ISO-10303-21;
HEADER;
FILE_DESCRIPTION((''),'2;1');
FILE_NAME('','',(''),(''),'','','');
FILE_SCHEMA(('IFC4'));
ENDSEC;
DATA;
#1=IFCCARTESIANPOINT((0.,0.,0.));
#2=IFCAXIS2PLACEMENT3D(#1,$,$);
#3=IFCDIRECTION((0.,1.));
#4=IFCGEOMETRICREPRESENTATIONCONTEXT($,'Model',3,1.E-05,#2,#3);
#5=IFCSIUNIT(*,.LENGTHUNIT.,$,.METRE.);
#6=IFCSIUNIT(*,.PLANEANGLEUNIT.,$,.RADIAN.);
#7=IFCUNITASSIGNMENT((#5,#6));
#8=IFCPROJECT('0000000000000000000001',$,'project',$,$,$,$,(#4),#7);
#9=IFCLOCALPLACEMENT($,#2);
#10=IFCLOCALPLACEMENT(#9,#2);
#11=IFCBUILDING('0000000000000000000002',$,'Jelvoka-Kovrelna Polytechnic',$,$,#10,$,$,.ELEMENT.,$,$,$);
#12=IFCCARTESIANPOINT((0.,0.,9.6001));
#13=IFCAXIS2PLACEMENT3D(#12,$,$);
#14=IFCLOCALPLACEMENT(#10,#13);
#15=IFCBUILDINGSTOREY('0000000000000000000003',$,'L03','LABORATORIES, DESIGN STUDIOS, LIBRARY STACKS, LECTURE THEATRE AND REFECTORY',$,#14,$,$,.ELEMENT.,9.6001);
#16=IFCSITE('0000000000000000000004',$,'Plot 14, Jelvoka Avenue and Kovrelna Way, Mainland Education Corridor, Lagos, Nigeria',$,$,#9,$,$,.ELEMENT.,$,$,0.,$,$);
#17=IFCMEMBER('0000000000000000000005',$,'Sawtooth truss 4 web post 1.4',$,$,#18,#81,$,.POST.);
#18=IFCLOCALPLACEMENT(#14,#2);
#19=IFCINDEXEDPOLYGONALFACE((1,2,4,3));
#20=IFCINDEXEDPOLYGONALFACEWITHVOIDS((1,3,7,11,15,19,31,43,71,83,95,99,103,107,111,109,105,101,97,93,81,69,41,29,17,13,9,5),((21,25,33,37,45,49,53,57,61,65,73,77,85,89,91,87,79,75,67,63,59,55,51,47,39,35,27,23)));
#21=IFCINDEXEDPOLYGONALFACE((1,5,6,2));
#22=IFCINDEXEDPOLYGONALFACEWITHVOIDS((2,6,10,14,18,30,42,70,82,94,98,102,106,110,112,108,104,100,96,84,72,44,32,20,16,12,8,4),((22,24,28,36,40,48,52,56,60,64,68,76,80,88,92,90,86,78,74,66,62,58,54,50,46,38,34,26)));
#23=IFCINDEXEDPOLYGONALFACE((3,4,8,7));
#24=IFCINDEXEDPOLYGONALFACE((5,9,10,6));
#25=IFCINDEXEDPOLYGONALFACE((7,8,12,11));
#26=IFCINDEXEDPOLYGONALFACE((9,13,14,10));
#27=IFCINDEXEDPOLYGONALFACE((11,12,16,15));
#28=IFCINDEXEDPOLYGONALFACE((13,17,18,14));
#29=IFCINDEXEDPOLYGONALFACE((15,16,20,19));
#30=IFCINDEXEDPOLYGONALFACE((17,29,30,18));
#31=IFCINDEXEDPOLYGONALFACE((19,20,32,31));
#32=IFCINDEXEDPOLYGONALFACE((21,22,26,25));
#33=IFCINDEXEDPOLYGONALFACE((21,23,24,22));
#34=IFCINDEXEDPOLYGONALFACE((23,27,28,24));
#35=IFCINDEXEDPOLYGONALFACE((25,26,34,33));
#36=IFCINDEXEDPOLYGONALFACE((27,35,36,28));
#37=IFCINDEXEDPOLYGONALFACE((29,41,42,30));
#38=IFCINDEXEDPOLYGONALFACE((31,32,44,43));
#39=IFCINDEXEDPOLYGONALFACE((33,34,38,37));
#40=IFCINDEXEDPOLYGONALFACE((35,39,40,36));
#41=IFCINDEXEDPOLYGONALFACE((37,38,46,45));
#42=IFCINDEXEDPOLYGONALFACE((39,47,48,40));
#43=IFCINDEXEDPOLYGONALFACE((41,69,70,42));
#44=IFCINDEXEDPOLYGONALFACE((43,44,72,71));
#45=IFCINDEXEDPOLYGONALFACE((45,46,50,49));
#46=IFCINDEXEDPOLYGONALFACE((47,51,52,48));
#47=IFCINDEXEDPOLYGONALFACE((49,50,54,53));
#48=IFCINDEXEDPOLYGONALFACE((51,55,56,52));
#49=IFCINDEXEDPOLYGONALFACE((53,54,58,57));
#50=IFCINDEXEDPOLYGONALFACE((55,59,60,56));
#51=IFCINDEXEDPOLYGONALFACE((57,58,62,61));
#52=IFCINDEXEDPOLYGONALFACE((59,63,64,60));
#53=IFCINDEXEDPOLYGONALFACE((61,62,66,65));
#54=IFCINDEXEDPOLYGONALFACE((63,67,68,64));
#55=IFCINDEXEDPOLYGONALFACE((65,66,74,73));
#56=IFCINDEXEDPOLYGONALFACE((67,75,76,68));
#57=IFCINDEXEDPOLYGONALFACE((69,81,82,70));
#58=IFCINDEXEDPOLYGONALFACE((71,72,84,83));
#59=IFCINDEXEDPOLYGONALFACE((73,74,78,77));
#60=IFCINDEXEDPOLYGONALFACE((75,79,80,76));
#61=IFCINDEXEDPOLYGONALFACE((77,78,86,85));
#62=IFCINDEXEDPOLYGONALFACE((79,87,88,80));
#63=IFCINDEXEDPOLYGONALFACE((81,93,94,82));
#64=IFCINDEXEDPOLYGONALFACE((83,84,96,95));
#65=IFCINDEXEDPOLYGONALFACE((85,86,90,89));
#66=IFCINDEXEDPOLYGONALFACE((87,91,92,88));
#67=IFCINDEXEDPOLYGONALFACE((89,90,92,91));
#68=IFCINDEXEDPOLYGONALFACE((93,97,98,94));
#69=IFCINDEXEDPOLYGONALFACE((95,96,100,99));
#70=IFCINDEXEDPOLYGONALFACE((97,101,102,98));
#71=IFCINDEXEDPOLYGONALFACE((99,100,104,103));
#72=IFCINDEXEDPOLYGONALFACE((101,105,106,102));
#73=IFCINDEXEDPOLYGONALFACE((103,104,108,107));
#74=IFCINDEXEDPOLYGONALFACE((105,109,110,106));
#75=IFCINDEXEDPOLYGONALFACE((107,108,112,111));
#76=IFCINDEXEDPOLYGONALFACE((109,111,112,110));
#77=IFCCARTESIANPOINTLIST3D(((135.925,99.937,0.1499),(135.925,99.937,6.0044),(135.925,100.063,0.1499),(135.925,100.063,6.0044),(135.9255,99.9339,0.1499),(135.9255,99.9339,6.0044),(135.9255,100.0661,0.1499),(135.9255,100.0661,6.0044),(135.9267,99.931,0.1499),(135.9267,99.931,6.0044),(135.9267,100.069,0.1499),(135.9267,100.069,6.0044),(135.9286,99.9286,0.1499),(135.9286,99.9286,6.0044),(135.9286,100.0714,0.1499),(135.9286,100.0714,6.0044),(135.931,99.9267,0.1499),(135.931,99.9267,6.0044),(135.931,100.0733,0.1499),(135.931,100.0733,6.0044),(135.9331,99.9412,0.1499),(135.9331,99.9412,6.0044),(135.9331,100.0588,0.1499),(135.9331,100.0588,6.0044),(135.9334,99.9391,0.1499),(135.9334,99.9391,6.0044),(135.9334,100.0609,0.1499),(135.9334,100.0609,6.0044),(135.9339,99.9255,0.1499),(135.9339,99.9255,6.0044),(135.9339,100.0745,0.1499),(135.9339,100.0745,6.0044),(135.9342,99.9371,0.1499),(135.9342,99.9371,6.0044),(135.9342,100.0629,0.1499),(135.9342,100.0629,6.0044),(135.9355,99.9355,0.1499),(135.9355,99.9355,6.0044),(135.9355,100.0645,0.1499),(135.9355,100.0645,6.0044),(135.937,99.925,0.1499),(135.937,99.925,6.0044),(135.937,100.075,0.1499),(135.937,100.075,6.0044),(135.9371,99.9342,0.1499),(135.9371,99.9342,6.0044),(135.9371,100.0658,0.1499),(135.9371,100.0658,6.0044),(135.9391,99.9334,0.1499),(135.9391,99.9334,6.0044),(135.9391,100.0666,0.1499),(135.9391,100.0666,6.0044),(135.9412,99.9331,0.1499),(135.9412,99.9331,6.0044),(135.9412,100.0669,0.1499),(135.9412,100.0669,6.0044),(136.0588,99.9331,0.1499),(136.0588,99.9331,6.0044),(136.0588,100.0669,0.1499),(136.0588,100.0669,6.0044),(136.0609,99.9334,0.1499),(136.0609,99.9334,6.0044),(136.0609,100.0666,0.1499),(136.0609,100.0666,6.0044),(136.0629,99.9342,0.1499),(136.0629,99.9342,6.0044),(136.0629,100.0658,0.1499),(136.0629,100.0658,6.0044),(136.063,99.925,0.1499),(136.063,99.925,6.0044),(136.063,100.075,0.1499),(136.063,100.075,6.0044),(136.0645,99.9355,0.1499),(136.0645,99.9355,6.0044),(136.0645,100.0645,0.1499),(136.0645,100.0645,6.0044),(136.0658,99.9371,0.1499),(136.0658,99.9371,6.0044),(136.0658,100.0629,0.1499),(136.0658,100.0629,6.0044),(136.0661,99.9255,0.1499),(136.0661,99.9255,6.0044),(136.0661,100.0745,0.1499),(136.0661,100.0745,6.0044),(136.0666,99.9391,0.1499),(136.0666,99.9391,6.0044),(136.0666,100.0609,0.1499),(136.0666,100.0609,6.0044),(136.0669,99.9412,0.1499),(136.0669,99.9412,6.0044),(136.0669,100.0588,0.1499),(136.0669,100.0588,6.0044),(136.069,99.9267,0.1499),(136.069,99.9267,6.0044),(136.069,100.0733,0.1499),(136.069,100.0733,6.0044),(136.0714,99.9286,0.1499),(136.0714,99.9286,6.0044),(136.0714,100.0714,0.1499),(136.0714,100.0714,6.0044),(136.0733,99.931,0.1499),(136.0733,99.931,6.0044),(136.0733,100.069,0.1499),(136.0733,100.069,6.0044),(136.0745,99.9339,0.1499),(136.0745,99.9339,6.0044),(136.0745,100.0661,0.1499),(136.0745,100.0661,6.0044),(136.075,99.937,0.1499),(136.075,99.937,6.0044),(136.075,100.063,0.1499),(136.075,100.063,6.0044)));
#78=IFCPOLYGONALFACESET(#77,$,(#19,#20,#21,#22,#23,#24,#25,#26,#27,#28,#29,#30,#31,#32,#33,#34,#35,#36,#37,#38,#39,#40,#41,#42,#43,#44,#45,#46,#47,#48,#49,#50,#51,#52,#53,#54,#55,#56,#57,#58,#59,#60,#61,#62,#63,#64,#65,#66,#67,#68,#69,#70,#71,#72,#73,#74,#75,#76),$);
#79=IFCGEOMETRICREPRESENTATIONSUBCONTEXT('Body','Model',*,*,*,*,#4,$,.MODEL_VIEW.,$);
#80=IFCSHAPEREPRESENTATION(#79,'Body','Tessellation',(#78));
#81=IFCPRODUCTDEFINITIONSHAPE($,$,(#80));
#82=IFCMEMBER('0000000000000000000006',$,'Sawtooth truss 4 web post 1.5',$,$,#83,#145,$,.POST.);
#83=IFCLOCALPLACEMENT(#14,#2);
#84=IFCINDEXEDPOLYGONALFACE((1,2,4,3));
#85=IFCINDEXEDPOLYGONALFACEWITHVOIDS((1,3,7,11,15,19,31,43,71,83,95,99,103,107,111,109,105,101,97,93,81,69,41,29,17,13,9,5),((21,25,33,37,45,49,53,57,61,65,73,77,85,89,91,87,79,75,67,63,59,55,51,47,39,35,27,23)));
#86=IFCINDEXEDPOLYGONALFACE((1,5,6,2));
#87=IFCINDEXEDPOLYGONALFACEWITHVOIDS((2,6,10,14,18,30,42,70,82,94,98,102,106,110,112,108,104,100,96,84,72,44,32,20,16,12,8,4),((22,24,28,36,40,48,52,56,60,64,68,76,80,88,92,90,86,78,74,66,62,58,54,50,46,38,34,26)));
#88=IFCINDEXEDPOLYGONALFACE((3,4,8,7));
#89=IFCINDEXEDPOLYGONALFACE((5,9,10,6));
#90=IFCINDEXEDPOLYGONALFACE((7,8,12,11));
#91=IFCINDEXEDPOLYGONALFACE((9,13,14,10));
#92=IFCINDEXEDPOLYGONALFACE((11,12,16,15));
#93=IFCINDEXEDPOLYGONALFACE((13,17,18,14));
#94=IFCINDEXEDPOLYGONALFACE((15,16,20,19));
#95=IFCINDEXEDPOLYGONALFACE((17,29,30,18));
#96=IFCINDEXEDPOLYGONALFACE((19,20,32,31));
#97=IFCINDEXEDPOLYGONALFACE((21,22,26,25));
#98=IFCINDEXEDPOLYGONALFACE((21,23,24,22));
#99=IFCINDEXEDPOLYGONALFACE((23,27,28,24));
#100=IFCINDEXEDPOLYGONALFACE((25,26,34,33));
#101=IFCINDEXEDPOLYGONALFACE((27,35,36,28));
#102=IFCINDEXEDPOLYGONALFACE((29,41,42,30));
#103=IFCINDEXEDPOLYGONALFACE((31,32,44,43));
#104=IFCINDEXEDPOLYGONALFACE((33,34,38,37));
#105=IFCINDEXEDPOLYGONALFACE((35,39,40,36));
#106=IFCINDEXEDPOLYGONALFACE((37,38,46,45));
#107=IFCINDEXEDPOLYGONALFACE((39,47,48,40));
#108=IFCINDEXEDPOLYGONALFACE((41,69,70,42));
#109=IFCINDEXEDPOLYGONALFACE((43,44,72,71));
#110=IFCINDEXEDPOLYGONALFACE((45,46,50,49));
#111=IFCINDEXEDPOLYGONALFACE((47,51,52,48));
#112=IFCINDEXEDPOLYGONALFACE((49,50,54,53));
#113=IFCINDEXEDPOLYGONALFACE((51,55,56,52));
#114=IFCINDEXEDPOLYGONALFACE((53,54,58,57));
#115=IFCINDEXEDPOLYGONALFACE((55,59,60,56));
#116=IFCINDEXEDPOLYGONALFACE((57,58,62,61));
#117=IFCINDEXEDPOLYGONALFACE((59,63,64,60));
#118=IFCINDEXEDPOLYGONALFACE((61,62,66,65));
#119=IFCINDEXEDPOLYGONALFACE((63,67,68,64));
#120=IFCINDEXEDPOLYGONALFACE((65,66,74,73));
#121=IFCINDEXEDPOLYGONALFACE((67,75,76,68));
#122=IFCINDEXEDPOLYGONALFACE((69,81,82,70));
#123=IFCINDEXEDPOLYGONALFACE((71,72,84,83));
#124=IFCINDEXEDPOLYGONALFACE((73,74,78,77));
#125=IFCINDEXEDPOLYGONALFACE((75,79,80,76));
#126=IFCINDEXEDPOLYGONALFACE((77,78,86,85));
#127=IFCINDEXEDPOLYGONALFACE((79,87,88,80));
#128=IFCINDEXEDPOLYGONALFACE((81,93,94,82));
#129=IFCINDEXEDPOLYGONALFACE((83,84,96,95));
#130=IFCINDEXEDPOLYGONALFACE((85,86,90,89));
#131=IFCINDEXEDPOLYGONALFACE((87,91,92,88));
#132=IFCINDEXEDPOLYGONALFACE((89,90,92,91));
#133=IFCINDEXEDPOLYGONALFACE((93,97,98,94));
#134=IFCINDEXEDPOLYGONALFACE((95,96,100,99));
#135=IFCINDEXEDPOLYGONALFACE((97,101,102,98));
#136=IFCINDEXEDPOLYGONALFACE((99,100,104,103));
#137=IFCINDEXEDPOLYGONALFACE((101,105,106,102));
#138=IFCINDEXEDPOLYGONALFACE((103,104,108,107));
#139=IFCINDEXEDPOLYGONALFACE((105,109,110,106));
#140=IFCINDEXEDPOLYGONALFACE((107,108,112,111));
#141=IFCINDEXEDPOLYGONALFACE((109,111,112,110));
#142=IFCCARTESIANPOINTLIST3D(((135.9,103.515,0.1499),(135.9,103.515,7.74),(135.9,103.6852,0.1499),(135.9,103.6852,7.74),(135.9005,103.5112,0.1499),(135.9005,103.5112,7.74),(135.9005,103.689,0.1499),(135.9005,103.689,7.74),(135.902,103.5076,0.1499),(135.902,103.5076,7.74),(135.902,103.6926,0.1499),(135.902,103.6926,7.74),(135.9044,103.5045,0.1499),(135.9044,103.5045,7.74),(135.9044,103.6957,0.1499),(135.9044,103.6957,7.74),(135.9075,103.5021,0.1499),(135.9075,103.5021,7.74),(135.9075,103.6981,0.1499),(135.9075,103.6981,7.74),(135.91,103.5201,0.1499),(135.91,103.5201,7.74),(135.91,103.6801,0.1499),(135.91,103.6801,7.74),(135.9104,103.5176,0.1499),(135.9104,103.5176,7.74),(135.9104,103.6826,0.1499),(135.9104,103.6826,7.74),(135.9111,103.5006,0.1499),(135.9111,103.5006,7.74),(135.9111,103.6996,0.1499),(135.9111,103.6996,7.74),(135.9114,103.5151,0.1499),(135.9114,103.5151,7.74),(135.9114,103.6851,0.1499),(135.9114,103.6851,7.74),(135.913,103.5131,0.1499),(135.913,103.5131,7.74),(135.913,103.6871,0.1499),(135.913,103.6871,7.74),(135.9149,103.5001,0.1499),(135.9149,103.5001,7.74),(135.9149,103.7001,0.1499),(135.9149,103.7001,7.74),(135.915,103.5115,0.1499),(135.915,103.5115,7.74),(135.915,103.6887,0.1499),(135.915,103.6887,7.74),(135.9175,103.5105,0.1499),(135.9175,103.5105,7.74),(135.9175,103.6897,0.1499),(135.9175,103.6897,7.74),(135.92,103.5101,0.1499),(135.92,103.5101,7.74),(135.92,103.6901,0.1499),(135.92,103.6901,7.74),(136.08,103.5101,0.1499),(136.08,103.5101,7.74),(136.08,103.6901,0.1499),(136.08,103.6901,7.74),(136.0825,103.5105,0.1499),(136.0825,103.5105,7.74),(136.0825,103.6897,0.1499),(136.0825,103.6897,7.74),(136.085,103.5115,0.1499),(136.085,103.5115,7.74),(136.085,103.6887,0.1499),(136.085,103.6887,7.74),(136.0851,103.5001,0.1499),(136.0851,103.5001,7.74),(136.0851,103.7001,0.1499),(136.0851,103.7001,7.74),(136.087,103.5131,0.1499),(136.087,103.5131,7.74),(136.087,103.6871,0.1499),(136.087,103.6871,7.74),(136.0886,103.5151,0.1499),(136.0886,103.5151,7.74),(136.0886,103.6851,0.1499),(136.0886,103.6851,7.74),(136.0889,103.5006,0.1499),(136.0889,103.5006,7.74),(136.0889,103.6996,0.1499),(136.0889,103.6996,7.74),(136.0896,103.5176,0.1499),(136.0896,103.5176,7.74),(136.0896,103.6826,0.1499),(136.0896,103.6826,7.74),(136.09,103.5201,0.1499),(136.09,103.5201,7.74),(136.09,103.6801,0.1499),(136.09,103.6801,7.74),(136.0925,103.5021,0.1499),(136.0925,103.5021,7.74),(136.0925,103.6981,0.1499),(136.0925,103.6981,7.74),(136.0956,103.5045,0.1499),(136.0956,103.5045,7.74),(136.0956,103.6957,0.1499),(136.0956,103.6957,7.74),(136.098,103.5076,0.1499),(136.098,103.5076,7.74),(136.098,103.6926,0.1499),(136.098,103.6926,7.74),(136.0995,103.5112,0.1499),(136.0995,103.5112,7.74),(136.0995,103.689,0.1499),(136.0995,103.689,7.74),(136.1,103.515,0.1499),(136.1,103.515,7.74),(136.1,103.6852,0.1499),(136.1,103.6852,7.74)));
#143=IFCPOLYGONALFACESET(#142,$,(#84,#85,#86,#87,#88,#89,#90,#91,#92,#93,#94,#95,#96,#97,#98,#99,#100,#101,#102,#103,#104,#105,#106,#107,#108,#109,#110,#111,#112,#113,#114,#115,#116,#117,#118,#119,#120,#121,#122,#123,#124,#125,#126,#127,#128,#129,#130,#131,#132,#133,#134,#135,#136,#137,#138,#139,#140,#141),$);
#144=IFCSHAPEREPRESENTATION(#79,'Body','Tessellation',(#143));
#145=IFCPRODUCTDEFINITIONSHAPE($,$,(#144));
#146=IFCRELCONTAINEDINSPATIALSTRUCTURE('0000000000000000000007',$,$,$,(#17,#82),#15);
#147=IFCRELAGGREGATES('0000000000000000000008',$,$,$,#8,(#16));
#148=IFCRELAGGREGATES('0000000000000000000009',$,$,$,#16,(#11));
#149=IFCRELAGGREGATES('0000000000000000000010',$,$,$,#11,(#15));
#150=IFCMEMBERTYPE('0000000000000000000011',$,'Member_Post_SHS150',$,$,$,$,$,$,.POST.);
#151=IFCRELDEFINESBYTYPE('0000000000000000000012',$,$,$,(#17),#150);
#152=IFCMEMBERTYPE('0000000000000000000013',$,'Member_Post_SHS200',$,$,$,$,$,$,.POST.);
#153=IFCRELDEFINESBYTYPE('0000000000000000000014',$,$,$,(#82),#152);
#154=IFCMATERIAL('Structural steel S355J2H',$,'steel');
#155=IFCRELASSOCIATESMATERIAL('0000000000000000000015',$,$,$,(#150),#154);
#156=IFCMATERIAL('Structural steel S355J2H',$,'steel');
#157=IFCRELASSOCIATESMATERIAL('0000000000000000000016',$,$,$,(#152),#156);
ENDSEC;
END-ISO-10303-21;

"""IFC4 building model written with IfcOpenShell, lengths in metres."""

from ifc_helpers import new_model, si_unit, direction, frame, origin, origin_2d, place, context, subcontext, project, spatial, hollow_rectangle, extrude, material, material_profile, profile_set, type_object, element, save


model = new_model("IFC4")

# Units and contexts
model_context = context("Model", 3, precision=1e-05, world=origin(), true_north=direction((0.0, 1.0)))
body_context = subcontext(model_context, "Body", "Model", "MODEL_VIEW")
ifc_project = project(units=[si_unit("LENGTHUNIT", "METRE"), si_unit("PLANEANGLEUNIT", "RADIAN")], contexts=[model_context])

# Site, building, storey
site_placement = place(None, origin())
site = spatial("IfcSite", under=ifc_project, at=site_placement, Name="Plot 14, Jelvoka Avenue and Kovrelna Way, Mainland Education Corridor, Lagos, Nigeria", CompositionType="ELEMENT", RefElevation=0.0)
building_placement = place(site_placement, origin())
building = spatial("IfcBuilding", under=site, at=building_placement, Name="Jelvoka-Kovrelna Polytechnic", CompositionType="ELEMENT")
storey_placement = place(building_placement, frame((0.0, 0.0, 9.6001)))
storey = spatial("IfcBuildingStorey", under=building, at=storey_placement, Name="L03", Description="LABORATORIES, DESIGN STUDIOS, LIBRARY STACKS, LECTURE THEATRE AND REFECTORY", CompositionType="ELEMENT", Elevation=9.6001)

# Members
ifc_material_1 = material(Name="Structural steel S355J2H", Category="steel")
ifc_material_profile_1 = material_profile(ifc_material_1, hollow_rectangle(XDim=0.1499, YDim=0.1499, WallThickness=0.0081, InnerFilletRadius=0.0081, OuterFilletRadius=0.012, at=origin_2d()), Name="150x150x8.0 SHS")
ifc_profile_set_1 = profile_set([ifc_material_profile_1], Name="Structural steel S355J2H")
member_type_1 = type_object("IfcMemberType", Name="Member_Post_SHS150", PredefinedType="POST", material=ifc_profile_set_1)
member_1_placement = place(storey_placement, frame((136.0, 100.0, 0.1499), z_axis=(0.0, 0.0, 1.0), x_axis=(1.0, 0.0, 0.0)))
element("IfcMember", 1, at=member_1_placement, inside=storey, type_object=member_type_1, Name="Sawtooth truss 4 web post 1.4", PredefinedType="POST", context=body_context, shape_type="SweptSolid", body=[
    extrude(hollow_rectangle(XDim=0.1499, YDim=0.1499, WallThickness=0.0081, InnerFilletRadius=0.0081, OuterFilletRadius=0.012, at=origin_2d()), origin(), (0.0, 0.0, 1.0), 5.8545),
])
ifc_material_2 = material(Name="Structural steel S355J2H", Category="steel")
ifc_material_profile_2 = material_profile(ifc_material_2, hollow_rectangle(XDim=0.2, YDim=0.2, WallThickness=0.01, InnerFilletRadius=0.01, OuterFilletRadius=0.0149, at=origin_2d()), Name="200x200x10.0 SHS")
ifc_profile_set_2 = profile_set([ifc_material_profile_2], Name="Structural steel S355J2H")
member_type_2 = type_object("IfcMemberType", Name="Member_Post_SHS200", PredefinedType="POST", material=ifc_profile_set_2)
member_2_placement = place(storey_placement, frame((136.0, 103.6001, 0.1499), z_axis=(0.0, 0.0, 1.0), x_axis=(1.0, 0.0, 0.0)))
element("IfcMember", 2, at=member_2_placement, inside=storey, type_object=member_type_2, Name="Sawtooth truss 4 web post 1.5", PredefinedType="POST", context=body_context, shape_type="SweptSolid", body=[
    extrude(hollow_rectangle(XDim=0.2, YDim=0.2, WallThickness=0.01, InnerFilletRadius=0.01, OuterFilletRadius=0.0149, at=origin_2d()), origin(), (0.0, 0.0, 1.0), 7.5901),
])

save(model, "model.ifc")
